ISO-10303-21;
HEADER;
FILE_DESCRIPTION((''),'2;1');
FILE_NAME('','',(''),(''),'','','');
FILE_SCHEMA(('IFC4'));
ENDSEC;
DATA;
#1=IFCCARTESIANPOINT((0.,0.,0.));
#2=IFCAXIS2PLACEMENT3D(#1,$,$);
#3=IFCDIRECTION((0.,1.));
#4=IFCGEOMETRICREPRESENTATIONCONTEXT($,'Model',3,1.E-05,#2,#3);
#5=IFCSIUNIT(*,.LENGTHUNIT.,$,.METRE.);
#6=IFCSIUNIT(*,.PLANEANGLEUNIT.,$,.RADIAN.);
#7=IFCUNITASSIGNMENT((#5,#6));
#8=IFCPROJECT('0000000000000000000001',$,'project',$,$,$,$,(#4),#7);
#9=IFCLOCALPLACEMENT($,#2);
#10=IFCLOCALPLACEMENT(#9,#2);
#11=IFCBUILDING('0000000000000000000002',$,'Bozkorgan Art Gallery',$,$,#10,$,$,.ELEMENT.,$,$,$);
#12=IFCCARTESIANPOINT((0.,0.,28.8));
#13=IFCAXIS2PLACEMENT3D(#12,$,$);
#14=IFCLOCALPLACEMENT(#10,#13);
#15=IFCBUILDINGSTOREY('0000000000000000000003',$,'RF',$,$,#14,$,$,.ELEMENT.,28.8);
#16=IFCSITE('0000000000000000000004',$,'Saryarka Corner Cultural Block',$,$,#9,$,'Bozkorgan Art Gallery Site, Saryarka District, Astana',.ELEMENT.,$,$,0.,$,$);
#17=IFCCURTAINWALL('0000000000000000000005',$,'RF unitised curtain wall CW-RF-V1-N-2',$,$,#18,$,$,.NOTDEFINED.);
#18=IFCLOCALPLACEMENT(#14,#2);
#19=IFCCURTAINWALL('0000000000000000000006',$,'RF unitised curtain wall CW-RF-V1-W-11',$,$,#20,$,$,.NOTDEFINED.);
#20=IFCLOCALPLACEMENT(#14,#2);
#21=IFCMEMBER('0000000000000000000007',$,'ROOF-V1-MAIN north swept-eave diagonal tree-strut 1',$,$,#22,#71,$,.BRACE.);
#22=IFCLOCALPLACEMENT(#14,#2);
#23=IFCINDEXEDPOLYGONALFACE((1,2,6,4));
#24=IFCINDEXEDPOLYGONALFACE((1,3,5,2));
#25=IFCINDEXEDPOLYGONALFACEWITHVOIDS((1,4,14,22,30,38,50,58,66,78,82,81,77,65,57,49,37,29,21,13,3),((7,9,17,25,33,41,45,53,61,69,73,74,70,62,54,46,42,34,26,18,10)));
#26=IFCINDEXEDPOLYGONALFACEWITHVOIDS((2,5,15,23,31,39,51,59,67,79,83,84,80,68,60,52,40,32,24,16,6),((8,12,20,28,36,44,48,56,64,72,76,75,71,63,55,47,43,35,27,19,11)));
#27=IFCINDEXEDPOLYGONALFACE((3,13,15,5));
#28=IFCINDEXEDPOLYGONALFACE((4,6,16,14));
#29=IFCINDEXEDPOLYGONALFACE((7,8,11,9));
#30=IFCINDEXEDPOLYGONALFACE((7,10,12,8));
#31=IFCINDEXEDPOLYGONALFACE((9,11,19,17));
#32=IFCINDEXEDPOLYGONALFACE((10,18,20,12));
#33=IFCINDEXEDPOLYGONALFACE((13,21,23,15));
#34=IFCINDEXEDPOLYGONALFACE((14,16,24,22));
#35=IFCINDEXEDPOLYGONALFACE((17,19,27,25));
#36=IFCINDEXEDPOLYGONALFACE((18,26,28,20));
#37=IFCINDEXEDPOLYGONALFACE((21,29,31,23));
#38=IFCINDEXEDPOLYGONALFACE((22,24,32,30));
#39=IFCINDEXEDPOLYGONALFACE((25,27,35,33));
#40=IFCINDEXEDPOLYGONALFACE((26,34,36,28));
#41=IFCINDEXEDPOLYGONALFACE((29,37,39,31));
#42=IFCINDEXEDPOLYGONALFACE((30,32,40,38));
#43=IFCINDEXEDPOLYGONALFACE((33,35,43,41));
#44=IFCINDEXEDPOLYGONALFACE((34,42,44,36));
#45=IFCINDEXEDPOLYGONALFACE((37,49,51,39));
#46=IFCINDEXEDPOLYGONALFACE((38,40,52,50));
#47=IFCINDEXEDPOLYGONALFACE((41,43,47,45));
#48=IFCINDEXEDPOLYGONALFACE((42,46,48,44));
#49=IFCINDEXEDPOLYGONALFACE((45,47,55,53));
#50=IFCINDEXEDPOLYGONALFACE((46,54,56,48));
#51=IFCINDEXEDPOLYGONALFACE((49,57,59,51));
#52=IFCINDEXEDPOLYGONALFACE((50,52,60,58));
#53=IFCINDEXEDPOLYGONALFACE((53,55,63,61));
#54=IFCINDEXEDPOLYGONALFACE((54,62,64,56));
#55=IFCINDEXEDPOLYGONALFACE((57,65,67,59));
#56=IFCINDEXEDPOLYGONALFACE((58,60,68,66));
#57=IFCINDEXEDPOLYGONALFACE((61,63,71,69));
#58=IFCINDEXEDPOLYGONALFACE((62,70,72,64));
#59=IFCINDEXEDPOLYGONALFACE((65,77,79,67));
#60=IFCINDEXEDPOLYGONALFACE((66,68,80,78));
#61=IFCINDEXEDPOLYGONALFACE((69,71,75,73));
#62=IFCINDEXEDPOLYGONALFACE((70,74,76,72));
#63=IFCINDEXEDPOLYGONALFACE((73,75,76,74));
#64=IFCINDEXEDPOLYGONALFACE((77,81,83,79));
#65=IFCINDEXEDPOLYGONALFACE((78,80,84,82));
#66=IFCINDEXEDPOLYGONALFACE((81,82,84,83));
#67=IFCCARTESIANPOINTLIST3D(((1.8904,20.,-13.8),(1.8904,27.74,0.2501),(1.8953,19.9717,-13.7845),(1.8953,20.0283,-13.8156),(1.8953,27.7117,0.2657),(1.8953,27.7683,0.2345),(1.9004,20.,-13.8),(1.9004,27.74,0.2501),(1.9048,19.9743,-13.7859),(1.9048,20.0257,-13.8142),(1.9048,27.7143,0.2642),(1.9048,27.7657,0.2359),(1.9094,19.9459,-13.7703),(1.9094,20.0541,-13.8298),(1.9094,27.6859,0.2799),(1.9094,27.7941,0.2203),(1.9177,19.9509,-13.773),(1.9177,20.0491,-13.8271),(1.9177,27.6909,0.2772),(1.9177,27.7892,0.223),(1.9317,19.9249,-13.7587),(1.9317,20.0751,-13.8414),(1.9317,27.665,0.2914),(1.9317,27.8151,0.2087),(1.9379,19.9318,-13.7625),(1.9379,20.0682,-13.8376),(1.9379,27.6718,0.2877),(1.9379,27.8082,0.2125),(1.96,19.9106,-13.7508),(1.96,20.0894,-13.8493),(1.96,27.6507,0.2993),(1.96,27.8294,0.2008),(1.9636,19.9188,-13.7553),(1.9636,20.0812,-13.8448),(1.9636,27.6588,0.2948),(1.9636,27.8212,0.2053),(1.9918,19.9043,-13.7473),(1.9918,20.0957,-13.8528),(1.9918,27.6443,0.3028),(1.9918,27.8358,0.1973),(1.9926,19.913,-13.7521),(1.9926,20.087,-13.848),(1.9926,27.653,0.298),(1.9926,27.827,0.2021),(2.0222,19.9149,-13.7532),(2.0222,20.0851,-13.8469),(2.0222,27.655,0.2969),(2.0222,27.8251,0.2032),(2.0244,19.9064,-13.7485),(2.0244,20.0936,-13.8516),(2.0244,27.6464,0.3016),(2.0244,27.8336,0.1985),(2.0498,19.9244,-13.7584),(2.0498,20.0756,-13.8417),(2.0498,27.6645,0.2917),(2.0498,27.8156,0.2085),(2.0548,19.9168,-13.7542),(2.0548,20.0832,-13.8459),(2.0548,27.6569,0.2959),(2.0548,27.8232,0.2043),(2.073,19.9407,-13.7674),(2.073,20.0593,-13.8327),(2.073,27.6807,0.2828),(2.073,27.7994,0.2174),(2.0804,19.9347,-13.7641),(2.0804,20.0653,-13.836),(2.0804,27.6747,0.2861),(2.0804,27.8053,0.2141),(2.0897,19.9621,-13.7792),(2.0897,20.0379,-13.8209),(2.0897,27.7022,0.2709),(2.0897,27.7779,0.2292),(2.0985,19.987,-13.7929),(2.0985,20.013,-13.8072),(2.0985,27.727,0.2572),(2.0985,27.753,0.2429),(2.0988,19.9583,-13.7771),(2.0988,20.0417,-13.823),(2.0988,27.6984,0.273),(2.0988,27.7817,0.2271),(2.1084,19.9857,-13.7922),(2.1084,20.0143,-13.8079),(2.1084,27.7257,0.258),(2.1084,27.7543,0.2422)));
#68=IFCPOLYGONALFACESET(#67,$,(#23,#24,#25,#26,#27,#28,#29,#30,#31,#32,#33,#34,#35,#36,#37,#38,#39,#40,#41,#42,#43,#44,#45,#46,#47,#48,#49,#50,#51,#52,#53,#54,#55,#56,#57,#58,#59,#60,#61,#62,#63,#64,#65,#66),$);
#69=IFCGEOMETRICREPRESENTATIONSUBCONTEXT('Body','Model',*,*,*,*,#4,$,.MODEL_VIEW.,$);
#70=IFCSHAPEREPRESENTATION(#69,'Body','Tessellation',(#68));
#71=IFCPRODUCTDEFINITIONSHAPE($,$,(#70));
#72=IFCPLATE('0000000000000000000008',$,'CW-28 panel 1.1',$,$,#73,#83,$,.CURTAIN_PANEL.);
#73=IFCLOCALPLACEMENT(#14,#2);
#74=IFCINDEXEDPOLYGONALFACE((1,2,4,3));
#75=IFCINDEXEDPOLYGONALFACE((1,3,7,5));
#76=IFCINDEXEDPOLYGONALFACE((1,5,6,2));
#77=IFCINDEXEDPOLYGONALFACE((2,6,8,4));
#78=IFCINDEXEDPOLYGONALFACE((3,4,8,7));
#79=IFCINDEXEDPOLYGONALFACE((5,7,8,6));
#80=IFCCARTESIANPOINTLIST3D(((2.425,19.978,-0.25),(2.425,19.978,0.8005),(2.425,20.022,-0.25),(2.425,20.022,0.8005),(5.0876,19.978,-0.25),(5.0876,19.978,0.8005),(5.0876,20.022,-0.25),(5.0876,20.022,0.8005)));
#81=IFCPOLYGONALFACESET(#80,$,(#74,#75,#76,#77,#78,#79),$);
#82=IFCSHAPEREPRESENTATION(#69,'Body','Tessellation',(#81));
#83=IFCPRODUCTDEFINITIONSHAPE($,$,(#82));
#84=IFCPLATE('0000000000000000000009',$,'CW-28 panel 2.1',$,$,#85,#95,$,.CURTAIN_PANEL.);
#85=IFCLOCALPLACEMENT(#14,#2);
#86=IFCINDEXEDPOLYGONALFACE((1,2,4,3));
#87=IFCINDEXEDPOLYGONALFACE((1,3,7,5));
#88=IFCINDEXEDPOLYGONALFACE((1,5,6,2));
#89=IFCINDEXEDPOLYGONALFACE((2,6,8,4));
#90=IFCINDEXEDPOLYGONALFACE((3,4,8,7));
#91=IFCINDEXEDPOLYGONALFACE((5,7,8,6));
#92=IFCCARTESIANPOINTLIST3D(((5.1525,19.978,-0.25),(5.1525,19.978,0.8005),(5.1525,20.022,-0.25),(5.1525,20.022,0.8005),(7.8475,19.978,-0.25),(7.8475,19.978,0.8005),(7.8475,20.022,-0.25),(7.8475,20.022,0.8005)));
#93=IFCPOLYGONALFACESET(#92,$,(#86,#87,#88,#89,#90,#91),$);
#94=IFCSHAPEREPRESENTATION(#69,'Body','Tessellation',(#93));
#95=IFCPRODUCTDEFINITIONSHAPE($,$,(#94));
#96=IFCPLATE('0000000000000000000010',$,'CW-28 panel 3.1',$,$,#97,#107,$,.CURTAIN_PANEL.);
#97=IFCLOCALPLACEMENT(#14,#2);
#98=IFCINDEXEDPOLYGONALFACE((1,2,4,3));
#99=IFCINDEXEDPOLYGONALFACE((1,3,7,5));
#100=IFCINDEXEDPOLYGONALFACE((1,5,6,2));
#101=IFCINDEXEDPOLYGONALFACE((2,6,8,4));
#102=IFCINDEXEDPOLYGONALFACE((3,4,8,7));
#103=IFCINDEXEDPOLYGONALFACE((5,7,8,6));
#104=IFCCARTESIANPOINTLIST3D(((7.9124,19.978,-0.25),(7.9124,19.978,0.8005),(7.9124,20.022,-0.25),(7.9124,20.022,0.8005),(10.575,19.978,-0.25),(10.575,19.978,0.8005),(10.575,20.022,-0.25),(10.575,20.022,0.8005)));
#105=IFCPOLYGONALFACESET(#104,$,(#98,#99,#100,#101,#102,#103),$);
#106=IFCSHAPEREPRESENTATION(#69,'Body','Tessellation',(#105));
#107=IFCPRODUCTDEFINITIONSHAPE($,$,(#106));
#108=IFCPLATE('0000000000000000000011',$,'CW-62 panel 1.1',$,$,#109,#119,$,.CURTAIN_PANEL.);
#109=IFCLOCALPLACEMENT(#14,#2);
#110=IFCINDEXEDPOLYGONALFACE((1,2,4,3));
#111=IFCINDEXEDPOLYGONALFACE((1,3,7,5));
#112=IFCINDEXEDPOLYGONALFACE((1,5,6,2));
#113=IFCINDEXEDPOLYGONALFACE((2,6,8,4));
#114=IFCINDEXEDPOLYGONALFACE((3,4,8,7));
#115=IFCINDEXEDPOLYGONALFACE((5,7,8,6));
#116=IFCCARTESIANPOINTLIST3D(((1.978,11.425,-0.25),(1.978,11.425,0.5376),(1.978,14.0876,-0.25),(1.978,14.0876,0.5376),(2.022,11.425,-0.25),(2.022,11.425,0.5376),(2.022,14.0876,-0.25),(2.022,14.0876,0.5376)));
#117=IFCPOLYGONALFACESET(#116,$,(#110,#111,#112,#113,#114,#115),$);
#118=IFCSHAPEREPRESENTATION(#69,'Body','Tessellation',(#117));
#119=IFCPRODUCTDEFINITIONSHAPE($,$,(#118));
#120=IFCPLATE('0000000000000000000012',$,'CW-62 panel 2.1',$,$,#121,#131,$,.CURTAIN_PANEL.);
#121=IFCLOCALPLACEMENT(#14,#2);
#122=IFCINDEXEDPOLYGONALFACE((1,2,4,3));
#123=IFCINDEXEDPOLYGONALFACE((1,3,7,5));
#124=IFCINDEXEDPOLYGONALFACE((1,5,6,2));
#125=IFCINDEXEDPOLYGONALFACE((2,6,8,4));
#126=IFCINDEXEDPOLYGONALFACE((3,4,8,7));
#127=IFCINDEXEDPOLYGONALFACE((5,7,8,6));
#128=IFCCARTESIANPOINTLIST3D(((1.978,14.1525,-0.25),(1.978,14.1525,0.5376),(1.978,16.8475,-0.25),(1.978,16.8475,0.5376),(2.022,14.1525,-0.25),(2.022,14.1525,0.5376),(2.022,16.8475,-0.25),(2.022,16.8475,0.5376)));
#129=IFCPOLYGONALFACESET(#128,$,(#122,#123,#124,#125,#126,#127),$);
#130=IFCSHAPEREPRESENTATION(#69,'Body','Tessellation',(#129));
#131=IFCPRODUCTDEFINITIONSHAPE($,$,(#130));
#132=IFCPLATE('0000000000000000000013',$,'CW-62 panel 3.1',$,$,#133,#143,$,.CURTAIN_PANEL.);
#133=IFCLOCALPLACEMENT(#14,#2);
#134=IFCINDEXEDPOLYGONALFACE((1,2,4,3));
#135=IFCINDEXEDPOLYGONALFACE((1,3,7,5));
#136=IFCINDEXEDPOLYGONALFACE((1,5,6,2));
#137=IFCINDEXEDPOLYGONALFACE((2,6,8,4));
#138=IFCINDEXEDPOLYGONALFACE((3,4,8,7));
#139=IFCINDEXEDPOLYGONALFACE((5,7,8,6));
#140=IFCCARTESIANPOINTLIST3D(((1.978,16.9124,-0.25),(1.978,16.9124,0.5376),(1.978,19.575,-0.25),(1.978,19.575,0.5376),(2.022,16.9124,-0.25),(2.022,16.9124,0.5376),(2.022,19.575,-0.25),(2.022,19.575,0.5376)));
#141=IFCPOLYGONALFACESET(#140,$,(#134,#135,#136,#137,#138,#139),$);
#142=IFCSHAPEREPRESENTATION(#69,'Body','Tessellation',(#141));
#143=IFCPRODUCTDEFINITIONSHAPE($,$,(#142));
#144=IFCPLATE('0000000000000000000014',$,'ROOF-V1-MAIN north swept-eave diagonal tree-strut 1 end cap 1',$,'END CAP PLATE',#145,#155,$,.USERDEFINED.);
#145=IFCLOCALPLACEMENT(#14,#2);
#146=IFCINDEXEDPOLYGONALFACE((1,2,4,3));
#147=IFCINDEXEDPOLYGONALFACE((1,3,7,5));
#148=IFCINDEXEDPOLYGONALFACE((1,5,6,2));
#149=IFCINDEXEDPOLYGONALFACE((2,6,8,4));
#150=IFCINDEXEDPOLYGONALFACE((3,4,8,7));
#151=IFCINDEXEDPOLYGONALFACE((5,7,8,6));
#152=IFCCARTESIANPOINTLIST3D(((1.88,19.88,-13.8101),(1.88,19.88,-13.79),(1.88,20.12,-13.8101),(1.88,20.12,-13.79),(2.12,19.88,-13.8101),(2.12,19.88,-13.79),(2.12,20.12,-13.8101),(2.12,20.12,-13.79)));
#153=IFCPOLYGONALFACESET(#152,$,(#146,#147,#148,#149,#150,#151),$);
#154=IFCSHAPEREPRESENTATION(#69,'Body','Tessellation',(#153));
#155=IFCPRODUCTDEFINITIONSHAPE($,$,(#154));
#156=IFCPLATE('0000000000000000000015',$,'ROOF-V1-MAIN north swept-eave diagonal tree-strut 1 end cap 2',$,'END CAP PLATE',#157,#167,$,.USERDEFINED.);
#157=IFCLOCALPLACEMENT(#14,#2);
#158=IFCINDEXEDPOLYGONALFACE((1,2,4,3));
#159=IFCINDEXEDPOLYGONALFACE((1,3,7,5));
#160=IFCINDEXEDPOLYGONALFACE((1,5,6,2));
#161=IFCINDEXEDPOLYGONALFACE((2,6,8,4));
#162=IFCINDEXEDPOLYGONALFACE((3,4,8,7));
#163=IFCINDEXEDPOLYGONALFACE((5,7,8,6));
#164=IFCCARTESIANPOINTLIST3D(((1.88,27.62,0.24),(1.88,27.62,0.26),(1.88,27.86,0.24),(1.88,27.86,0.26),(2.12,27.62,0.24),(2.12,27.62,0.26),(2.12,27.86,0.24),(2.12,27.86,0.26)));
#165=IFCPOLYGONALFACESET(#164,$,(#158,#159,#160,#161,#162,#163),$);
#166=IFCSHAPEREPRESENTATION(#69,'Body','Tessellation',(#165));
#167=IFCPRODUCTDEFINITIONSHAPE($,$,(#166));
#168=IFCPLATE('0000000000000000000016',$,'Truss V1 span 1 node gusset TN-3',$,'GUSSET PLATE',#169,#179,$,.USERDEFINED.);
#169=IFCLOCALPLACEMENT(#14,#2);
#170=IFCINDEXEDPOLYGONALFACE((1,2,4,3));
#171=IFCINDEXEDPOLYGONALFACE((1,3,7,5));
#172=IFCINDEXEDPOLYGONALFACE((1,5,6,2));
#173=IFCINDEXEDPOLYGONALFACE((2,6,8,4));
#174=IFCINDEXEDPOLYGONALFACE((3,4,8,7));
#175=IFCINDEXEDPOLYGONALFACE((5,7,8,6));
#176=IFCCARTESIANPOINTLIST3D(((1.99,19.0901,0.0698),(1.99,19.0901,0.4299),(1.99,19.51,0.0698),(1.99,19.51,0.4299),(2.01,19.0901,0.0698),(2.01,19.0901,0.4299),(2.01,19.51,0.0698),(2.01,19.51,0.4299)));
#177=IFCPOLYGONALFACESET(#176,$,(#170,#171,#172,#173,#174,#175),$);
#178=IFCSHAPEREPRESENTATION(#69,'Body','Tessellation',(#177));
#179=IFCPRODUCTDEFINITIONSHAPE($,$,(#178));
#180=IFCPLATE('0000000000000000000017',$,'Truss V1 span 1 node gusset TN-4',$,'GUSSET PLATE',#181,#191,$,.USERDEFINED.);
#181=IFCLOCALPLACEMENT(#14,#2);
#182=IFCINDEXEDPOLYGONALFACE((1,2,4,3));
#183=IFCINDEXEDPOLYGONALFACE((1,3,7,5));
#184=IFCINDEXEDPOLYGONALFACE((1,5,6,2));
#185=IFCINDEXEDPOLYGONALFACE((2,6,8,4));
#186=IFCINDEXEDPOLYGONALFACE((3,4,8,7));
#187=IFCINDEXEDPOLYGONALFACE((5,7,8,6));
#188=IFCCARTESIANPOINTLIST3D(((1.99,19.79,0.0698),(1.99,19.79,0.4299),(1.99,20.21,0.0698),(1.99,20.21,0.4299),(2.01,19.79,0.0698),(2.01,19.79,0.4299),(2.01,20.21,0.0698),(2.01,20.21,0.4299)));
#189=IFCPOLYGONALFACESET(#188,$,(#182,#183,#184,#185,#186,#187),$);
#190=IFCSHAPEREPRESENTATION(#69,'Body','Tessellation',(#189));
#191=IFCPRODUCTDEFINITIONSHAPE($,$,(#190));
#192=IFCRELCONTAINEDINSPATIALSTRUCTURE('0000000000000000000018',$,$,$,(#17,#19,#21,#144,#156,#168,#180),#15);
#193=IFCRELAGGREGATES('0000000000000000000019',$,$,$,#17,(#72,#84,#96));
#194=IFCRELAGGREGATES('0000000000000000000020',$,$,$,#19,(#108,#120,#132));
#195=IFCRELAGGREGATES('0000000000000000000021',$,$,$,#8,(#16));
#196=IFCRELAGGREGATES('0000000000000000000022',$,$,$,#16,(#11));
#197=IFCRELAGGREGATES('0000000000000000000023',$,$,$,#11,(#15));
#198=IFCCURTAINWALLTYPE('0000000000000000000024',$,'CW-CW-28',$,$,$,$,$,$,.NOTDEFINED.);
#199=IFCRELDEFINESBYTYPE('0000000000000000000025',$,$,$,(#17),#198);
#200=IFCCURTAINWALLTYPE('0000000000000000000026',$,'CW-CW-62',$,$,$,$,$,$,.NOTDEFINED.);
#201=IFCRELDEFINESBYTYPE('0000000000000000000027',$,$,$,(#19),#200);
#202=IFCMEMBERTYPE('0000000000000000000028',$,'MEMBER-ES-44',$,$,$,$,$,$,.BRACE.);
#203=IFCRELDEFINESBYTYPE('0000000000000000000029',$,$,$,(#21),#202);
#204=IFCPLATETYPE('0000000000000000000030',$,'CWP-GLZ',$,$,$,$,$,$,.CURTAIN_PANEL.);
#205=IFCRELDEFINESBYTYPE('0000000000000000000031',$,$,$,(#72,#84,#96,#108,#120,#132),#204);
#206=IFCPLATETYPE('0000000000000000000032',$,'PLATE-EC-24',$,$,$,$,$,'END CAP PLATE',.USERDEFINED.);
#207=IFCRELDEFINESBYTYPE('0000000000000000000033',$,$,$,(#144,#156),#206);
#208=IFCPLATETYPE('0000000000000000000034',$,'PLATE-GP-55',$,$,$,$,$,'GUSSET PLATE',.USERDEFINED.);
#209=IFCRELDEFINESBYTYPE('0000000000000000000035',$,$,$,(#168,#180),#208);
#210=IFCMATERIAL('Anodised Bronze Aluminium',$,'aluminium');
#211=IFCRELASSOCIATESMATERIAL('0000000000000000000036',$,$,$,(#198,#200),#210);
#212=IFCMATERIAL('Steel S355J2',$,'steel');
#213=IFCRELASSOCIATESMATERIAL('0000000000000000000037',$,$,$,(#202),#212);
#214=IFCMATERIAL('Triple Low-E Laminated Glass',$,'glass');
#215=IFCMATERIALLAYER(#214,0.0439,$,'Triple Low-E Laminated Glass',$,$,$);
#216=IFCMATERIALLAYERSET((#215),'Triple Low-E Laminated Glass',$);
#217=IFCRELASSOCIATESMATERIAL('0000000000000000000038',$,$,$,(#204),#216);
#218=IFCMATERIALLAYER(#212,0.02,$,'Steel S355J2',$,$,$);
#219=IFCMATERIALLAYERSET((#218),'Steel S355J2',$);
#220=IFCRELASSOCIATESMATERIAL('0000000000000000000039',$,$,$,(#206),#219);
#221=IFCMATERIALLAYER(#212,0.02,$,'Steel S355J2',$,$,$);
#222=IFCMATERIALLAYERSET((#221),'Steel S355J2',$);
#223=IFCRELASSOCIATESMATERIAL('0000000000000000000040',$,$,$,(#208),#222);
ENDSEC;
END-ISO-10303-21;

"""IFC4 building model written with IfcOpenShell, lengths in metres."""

from ifc_helpers import new_model, si_unit, direction, frame, origin, origin_2d, place, context, subcontext, project, spatial, rectangle, hollow_circle, extrude, material, layer, layer_set, material_profile, profile_set, type_object, element, aggregate, save


model = new_model("IFC4")

# Units and contexts
model_context = context("Model", 3, precision=1e-05, world=origin(), true_north=direction((0.0, 1.0)))
body_context = subcontext(model_context, "Body", "Model", "MODEL_VIEW")
ifc_project = project(units=[si_unit("LENGTHUNIT", "METRE"), si_unit("PLANEANGLEUNIT", "RADIAN")], contexts=[model_context])

# Site, building, storey
site_placement = place(None, origin())
site = spatial("IfcSite", under=ifc_project, at=site_placement, Name="Saryarka Corner Cultural Block", LongName="Bozkorgan Art Gallery Site, Saryarka District, Astana", CompositionType="ELEMENT", RefElevation=0.0)
building_placement = place(site_placement, origin())
building = spatial("IfcBuilding", under=site, at=building_placement, Name="Bozkorgan Art Gallery", CompositionType="ELEMENT")
storey_placement = place(building_placement, frame((0.0, 0.0, 28.8)))
storey = spatial("IfcBuildingStorey", under=building, at=storey_placement, Name="RF", CompositionType="ELEMENT", Elevation=28.8)

# Curtain walls
ifc_material_1 = material(Name="Anodised Bronze Aluminium", Category="aluminium")
curtain_wall_type_1 = type_object("IfcCurtainWallType", Name="CW-CW-28", PredefinedType="NOTDEFINED", material=ifc_material_1)
curtain_wall_1_placement = place(storey_placement, origin())
curtain_wall_1 = element("IfcCurtainWall", 1, at=curtain_wall_1_placement, inside=storey, type_object=curtain_wall_type_1, Name="RF unitised curtain wall CW-RF-V1-N-2", PredefinedType="NOTDEFINED")
curtain_wall_type_2 = type_object("IfcCurtainWallType", Name="CW-CW-62", PredefinedType="NOTDEFINED", material=ifc_material_1)
curtain_wall_2_placement = place(storey_placement, origin())
curtain_wall_2 = element("IfcCurtainWall", 2, at=curtain_wall_2_placement, inside=storey, type_object=curtain_wall_type_2, Name="RF unitised curtain wall CW-RF-V1-W-11", PredefinedType="NOTDEFINED")

# Member
ifc_material_2 = material(Name="Steel S355J2", Category="steel")
ifc_material_profile_1 = material_profile(ifc_material_2, hollow_circle(Radius=0.1096, WallThickness=0.01, at=origin_2d()), Name="CHS 219.1x10")
ifc_profile_set_1 = profile_set([ifc_material_profile_1], Name="Steel S355J2")
member_type_1 = type_object("IfcMemberType", Name="MEMBER-ES-44", PredefinedType="BRACE", material=ifc_profile_set_1)
member_1_placement = place(storey_placement, frame((2.0, 20.0, -13.8), z_axis=(0.0, 0.482515, 0.875888), x_axis=(-1.0, 0.0, 0.0)))
element("IfcMember", 3, at=member_1_placement, inside=storey, type_object=member_type_1, Name="ROOF-V1-MAIN north swept-eave diagonal tree-strut 1", PredefinedType="BRACE", context=body_context, shape_type="SweptSolid", body=[
    extrude(hollow_circle(Radius=0.1096, WallThickness=0.01, at=origin_2d()), origin(), (0.0, 0.0, 1.0), 16.041),
])

# Plates
ifc_material_3 = material(Name="Triple Low-E Laminated Glass", Category="glass")
ifc_layer_1 = layer(ifc_material_3, 0.0439, Name="Triple Low-E Laminated Glass")
ifc_layer_set_1 = layer_set([ifc_layer_1], Name="Triple Low-E Laminated Glass")
plate_type_1 = type_object("IfcPlateType", Name="CWP-GLZ", PredefinedType="CURTAIN_PANEL", material=ifc_layer_set_1)
plate_1_placement = place(storey_placement, frame((3.7563, 20.0, -0.25), z_axis=(0.0, 0.0, 1.0), x_axis=(1.0, 0.0, 0.0)))
plate_1 = element("IfcPlate", 4, at=plate_1_placement, type_object=plate_type_1, Name="CW-28 panel 1.1", PredefinedType="CURTAIN_PANEL", context=body_context, shape_type="SweptSolid", body=[
    extrude(rectangle(XDim=2.6626, YDim=0.0439, at=origin_2d()), origin(), (0.0, 0.0, 1.0), 1.0505),
])
plate_2_placement = place(storey_placement, frame((6.5, 20.0, -0.25), z_axis=(0.0, 0.0, 1.0), x_axis=(1.0, 0.0, 0.0)))
plate_2 = element("IfcPlate", 5, at=plate_2_placement, type_object=plate_type_1, Name="CW-28 panel 2.1", PredefinedType="CURTAIN_PANEL", context=body_context, shape_type="SweptSolid", body=[
    extrude(rectangle(XDim=2.6951, YDim=0.0439, at=origin_2d()), origin(), (0.0, 0.0, 1.0), 1.0505),
])
plate_3_placement = place(storey_placement, frame((9.2437, 20.0, -0.25), z_axis=(0.0, 0.0, 1.0), x_axis=(1.0, 0.0, 0.0)))
plate_3 = element("IfcPlate", 6, at=plate_3_placement, type_object=plate_type_1, Name="CW-28 panel 3.1", PredefinedType="CURTAIN_PANEL", context=body_context, shape_type="SweptSolid", body=[
    extrude(rectangle(XDim=2.6626, YDim=0.0439, at=origin_2d()), origin(), (0.0, 0.0, 1.0), 1.0505),
])
aggregate(curtain_wall_1, [plate_1, plate_2, plate_3])
plate_4_placement = place(storey_placement, frame((2.0, 12.7563, -0.25), z_axis=(0.0, 0.0, 1.0), x_axis=(0.0, 1.0, 0.0)))
plate_4 = element("IfcPlate", 7, at=plate_4_placement, type_object=plate_type_1, Name="CW-62 panel 1.1", PredefinedType="CURTAIN_PANEL", context=body_context, shape_type="SweptSolid", body=[
    extrude(rectangle(XDim=2.6626, YDim=0.0439, at=origin_2d()), origin(), (0.0, 0.0, 1.0), 0.7876),
])
plate_5_placement = place(storey_placement, frame((2.0, 15.5, -0.25), z_axis=(0.0, 0.0, 1.0), x_axis=(0.0, 1.0, 0.0)))
plate_5 = element("IfcPlate", 8, at=plate_5_placement, type_object=plate_type_1, Name="CW-62 panel 2.1", PredefinedType="CURTAIN_PANEL", context=body_context, shape_type="SweptSolid", body=[
    extrude(rectangle(XDim=2.6951, YDim=0.0439, at=origin_2d()), origin(), (0.0, 0.0, 1.0), 0.7876),
])
plate_6_placement = place(storey_placement, frame((2.0, 18.2437, -0.25), z_axis=(0.0, 0.0, 1.0), x_axis=(0.0, 1.0, 0.0)))
plate_6 = element("IfcPlate", 9, at=plate_6_placement, type_object=plate_type_1, Name="CW-62 panel 3.1", PredefinedType="CURTAIN_PANEL", context=body_context, shape_type="SweptSolid", body=[
    extrude(rectangle(XDim=2.6626, YDim=0.0439, at=origin_2d()), origin(), (0.0, 0.0, 1.0), 0.7876),
])
aggregate(curtain_wall_2, [plate_4, plate_5, plate_6])

# Plates
ifc_layer_2 = layer(ifc_material_2, 0.02, Name="Steel S355J2")
ifc_layer_set_2 = layer_set([ifc_layer_2], Name="Steel S355J2")
plate_type_2 = type_object("IfcPlateType", Name="PLATE-EC-24", ElementType="END CAP PLATE", PredefinedType="USERDEFINED", material=ifc_layer_set_2)
for number, where, z_axis, x_axis, name in (
    (10, (2.0, 20.0, -13.8101), (0.0, 0.0, 1.0), (1.0, 0.0, 0.0), "ROOF-V1-MAIN north swept-eave diagonal tree-strut 1 end cap 1"),
    (11, (2.0, 27.74, 0.24), (0.0, 0.0, 1.0), (1.0, 0.0, 0.0), "ROOF-V1-MAIN north swept-eave diagonal tree-strut 1 end cap 2"),
):
    element("IfcPlate", number, at=place(storey_placement, frame(where, z_axis=z_axis, x_axis=x_axis)), inside=storey, type_object=plate_type_2, Name=name, ObjectType="END CAP PLATE", PredefinedType="USERDEFINED", context=body_context, shape_type="SweptSolid", body=[
        extrude(rectangle(XDim=0.24, YDim=0.24, at=origin_2d()), origin(), (0.0, 0.0, 1.0), 0.02),
    ])
ifc_layer_3 = layer(ifc_material_2, 0.02, Name="Steel S355J2")
ifc_layer_set_3 = layer_set([ifc_layer_3], Name="Steel S355J2")
plate_type_3 = type_object("IfcPlateType", Name="PLATE-GP-55", ElementType="GUSSET PLATE", PredefinedType="USERDEFINED", material=ifc_layer_set_3)
for number, where, z_axis, x_axis, name in (
    (12, (2.0, 19.3, 0.0698), (0.0, 0.0, 1.0), (1.0, 0.0, 0.0), "Truss V1 span 1 node gusset TN-3"),
    (13, (2.0, 20.0, 0.0698), (0.0, 0.0, 1.0), (1.0, 0.0, 0.0), "Truss V1 span 1 node gusset TN-4"),
):
    element("IfcPlate", number, at=place(storey_placement, frame(where, z_axis=z_axis, x_axis=x_axis)), inside=storey, type_object=plate_type_3, Name=name, ObjectType="GUSSET PLATE", PredefinedType="USERDEFINED", context=body_context, shape_type="SweptSolid", body=[
        extrude(rectangle(XDim=0.02, YDim=0.4199, at=origin_2d()), origin(), (0.0, 0.0, 1.0), 0.3601),
    ])

save(model, "model.ifc")
